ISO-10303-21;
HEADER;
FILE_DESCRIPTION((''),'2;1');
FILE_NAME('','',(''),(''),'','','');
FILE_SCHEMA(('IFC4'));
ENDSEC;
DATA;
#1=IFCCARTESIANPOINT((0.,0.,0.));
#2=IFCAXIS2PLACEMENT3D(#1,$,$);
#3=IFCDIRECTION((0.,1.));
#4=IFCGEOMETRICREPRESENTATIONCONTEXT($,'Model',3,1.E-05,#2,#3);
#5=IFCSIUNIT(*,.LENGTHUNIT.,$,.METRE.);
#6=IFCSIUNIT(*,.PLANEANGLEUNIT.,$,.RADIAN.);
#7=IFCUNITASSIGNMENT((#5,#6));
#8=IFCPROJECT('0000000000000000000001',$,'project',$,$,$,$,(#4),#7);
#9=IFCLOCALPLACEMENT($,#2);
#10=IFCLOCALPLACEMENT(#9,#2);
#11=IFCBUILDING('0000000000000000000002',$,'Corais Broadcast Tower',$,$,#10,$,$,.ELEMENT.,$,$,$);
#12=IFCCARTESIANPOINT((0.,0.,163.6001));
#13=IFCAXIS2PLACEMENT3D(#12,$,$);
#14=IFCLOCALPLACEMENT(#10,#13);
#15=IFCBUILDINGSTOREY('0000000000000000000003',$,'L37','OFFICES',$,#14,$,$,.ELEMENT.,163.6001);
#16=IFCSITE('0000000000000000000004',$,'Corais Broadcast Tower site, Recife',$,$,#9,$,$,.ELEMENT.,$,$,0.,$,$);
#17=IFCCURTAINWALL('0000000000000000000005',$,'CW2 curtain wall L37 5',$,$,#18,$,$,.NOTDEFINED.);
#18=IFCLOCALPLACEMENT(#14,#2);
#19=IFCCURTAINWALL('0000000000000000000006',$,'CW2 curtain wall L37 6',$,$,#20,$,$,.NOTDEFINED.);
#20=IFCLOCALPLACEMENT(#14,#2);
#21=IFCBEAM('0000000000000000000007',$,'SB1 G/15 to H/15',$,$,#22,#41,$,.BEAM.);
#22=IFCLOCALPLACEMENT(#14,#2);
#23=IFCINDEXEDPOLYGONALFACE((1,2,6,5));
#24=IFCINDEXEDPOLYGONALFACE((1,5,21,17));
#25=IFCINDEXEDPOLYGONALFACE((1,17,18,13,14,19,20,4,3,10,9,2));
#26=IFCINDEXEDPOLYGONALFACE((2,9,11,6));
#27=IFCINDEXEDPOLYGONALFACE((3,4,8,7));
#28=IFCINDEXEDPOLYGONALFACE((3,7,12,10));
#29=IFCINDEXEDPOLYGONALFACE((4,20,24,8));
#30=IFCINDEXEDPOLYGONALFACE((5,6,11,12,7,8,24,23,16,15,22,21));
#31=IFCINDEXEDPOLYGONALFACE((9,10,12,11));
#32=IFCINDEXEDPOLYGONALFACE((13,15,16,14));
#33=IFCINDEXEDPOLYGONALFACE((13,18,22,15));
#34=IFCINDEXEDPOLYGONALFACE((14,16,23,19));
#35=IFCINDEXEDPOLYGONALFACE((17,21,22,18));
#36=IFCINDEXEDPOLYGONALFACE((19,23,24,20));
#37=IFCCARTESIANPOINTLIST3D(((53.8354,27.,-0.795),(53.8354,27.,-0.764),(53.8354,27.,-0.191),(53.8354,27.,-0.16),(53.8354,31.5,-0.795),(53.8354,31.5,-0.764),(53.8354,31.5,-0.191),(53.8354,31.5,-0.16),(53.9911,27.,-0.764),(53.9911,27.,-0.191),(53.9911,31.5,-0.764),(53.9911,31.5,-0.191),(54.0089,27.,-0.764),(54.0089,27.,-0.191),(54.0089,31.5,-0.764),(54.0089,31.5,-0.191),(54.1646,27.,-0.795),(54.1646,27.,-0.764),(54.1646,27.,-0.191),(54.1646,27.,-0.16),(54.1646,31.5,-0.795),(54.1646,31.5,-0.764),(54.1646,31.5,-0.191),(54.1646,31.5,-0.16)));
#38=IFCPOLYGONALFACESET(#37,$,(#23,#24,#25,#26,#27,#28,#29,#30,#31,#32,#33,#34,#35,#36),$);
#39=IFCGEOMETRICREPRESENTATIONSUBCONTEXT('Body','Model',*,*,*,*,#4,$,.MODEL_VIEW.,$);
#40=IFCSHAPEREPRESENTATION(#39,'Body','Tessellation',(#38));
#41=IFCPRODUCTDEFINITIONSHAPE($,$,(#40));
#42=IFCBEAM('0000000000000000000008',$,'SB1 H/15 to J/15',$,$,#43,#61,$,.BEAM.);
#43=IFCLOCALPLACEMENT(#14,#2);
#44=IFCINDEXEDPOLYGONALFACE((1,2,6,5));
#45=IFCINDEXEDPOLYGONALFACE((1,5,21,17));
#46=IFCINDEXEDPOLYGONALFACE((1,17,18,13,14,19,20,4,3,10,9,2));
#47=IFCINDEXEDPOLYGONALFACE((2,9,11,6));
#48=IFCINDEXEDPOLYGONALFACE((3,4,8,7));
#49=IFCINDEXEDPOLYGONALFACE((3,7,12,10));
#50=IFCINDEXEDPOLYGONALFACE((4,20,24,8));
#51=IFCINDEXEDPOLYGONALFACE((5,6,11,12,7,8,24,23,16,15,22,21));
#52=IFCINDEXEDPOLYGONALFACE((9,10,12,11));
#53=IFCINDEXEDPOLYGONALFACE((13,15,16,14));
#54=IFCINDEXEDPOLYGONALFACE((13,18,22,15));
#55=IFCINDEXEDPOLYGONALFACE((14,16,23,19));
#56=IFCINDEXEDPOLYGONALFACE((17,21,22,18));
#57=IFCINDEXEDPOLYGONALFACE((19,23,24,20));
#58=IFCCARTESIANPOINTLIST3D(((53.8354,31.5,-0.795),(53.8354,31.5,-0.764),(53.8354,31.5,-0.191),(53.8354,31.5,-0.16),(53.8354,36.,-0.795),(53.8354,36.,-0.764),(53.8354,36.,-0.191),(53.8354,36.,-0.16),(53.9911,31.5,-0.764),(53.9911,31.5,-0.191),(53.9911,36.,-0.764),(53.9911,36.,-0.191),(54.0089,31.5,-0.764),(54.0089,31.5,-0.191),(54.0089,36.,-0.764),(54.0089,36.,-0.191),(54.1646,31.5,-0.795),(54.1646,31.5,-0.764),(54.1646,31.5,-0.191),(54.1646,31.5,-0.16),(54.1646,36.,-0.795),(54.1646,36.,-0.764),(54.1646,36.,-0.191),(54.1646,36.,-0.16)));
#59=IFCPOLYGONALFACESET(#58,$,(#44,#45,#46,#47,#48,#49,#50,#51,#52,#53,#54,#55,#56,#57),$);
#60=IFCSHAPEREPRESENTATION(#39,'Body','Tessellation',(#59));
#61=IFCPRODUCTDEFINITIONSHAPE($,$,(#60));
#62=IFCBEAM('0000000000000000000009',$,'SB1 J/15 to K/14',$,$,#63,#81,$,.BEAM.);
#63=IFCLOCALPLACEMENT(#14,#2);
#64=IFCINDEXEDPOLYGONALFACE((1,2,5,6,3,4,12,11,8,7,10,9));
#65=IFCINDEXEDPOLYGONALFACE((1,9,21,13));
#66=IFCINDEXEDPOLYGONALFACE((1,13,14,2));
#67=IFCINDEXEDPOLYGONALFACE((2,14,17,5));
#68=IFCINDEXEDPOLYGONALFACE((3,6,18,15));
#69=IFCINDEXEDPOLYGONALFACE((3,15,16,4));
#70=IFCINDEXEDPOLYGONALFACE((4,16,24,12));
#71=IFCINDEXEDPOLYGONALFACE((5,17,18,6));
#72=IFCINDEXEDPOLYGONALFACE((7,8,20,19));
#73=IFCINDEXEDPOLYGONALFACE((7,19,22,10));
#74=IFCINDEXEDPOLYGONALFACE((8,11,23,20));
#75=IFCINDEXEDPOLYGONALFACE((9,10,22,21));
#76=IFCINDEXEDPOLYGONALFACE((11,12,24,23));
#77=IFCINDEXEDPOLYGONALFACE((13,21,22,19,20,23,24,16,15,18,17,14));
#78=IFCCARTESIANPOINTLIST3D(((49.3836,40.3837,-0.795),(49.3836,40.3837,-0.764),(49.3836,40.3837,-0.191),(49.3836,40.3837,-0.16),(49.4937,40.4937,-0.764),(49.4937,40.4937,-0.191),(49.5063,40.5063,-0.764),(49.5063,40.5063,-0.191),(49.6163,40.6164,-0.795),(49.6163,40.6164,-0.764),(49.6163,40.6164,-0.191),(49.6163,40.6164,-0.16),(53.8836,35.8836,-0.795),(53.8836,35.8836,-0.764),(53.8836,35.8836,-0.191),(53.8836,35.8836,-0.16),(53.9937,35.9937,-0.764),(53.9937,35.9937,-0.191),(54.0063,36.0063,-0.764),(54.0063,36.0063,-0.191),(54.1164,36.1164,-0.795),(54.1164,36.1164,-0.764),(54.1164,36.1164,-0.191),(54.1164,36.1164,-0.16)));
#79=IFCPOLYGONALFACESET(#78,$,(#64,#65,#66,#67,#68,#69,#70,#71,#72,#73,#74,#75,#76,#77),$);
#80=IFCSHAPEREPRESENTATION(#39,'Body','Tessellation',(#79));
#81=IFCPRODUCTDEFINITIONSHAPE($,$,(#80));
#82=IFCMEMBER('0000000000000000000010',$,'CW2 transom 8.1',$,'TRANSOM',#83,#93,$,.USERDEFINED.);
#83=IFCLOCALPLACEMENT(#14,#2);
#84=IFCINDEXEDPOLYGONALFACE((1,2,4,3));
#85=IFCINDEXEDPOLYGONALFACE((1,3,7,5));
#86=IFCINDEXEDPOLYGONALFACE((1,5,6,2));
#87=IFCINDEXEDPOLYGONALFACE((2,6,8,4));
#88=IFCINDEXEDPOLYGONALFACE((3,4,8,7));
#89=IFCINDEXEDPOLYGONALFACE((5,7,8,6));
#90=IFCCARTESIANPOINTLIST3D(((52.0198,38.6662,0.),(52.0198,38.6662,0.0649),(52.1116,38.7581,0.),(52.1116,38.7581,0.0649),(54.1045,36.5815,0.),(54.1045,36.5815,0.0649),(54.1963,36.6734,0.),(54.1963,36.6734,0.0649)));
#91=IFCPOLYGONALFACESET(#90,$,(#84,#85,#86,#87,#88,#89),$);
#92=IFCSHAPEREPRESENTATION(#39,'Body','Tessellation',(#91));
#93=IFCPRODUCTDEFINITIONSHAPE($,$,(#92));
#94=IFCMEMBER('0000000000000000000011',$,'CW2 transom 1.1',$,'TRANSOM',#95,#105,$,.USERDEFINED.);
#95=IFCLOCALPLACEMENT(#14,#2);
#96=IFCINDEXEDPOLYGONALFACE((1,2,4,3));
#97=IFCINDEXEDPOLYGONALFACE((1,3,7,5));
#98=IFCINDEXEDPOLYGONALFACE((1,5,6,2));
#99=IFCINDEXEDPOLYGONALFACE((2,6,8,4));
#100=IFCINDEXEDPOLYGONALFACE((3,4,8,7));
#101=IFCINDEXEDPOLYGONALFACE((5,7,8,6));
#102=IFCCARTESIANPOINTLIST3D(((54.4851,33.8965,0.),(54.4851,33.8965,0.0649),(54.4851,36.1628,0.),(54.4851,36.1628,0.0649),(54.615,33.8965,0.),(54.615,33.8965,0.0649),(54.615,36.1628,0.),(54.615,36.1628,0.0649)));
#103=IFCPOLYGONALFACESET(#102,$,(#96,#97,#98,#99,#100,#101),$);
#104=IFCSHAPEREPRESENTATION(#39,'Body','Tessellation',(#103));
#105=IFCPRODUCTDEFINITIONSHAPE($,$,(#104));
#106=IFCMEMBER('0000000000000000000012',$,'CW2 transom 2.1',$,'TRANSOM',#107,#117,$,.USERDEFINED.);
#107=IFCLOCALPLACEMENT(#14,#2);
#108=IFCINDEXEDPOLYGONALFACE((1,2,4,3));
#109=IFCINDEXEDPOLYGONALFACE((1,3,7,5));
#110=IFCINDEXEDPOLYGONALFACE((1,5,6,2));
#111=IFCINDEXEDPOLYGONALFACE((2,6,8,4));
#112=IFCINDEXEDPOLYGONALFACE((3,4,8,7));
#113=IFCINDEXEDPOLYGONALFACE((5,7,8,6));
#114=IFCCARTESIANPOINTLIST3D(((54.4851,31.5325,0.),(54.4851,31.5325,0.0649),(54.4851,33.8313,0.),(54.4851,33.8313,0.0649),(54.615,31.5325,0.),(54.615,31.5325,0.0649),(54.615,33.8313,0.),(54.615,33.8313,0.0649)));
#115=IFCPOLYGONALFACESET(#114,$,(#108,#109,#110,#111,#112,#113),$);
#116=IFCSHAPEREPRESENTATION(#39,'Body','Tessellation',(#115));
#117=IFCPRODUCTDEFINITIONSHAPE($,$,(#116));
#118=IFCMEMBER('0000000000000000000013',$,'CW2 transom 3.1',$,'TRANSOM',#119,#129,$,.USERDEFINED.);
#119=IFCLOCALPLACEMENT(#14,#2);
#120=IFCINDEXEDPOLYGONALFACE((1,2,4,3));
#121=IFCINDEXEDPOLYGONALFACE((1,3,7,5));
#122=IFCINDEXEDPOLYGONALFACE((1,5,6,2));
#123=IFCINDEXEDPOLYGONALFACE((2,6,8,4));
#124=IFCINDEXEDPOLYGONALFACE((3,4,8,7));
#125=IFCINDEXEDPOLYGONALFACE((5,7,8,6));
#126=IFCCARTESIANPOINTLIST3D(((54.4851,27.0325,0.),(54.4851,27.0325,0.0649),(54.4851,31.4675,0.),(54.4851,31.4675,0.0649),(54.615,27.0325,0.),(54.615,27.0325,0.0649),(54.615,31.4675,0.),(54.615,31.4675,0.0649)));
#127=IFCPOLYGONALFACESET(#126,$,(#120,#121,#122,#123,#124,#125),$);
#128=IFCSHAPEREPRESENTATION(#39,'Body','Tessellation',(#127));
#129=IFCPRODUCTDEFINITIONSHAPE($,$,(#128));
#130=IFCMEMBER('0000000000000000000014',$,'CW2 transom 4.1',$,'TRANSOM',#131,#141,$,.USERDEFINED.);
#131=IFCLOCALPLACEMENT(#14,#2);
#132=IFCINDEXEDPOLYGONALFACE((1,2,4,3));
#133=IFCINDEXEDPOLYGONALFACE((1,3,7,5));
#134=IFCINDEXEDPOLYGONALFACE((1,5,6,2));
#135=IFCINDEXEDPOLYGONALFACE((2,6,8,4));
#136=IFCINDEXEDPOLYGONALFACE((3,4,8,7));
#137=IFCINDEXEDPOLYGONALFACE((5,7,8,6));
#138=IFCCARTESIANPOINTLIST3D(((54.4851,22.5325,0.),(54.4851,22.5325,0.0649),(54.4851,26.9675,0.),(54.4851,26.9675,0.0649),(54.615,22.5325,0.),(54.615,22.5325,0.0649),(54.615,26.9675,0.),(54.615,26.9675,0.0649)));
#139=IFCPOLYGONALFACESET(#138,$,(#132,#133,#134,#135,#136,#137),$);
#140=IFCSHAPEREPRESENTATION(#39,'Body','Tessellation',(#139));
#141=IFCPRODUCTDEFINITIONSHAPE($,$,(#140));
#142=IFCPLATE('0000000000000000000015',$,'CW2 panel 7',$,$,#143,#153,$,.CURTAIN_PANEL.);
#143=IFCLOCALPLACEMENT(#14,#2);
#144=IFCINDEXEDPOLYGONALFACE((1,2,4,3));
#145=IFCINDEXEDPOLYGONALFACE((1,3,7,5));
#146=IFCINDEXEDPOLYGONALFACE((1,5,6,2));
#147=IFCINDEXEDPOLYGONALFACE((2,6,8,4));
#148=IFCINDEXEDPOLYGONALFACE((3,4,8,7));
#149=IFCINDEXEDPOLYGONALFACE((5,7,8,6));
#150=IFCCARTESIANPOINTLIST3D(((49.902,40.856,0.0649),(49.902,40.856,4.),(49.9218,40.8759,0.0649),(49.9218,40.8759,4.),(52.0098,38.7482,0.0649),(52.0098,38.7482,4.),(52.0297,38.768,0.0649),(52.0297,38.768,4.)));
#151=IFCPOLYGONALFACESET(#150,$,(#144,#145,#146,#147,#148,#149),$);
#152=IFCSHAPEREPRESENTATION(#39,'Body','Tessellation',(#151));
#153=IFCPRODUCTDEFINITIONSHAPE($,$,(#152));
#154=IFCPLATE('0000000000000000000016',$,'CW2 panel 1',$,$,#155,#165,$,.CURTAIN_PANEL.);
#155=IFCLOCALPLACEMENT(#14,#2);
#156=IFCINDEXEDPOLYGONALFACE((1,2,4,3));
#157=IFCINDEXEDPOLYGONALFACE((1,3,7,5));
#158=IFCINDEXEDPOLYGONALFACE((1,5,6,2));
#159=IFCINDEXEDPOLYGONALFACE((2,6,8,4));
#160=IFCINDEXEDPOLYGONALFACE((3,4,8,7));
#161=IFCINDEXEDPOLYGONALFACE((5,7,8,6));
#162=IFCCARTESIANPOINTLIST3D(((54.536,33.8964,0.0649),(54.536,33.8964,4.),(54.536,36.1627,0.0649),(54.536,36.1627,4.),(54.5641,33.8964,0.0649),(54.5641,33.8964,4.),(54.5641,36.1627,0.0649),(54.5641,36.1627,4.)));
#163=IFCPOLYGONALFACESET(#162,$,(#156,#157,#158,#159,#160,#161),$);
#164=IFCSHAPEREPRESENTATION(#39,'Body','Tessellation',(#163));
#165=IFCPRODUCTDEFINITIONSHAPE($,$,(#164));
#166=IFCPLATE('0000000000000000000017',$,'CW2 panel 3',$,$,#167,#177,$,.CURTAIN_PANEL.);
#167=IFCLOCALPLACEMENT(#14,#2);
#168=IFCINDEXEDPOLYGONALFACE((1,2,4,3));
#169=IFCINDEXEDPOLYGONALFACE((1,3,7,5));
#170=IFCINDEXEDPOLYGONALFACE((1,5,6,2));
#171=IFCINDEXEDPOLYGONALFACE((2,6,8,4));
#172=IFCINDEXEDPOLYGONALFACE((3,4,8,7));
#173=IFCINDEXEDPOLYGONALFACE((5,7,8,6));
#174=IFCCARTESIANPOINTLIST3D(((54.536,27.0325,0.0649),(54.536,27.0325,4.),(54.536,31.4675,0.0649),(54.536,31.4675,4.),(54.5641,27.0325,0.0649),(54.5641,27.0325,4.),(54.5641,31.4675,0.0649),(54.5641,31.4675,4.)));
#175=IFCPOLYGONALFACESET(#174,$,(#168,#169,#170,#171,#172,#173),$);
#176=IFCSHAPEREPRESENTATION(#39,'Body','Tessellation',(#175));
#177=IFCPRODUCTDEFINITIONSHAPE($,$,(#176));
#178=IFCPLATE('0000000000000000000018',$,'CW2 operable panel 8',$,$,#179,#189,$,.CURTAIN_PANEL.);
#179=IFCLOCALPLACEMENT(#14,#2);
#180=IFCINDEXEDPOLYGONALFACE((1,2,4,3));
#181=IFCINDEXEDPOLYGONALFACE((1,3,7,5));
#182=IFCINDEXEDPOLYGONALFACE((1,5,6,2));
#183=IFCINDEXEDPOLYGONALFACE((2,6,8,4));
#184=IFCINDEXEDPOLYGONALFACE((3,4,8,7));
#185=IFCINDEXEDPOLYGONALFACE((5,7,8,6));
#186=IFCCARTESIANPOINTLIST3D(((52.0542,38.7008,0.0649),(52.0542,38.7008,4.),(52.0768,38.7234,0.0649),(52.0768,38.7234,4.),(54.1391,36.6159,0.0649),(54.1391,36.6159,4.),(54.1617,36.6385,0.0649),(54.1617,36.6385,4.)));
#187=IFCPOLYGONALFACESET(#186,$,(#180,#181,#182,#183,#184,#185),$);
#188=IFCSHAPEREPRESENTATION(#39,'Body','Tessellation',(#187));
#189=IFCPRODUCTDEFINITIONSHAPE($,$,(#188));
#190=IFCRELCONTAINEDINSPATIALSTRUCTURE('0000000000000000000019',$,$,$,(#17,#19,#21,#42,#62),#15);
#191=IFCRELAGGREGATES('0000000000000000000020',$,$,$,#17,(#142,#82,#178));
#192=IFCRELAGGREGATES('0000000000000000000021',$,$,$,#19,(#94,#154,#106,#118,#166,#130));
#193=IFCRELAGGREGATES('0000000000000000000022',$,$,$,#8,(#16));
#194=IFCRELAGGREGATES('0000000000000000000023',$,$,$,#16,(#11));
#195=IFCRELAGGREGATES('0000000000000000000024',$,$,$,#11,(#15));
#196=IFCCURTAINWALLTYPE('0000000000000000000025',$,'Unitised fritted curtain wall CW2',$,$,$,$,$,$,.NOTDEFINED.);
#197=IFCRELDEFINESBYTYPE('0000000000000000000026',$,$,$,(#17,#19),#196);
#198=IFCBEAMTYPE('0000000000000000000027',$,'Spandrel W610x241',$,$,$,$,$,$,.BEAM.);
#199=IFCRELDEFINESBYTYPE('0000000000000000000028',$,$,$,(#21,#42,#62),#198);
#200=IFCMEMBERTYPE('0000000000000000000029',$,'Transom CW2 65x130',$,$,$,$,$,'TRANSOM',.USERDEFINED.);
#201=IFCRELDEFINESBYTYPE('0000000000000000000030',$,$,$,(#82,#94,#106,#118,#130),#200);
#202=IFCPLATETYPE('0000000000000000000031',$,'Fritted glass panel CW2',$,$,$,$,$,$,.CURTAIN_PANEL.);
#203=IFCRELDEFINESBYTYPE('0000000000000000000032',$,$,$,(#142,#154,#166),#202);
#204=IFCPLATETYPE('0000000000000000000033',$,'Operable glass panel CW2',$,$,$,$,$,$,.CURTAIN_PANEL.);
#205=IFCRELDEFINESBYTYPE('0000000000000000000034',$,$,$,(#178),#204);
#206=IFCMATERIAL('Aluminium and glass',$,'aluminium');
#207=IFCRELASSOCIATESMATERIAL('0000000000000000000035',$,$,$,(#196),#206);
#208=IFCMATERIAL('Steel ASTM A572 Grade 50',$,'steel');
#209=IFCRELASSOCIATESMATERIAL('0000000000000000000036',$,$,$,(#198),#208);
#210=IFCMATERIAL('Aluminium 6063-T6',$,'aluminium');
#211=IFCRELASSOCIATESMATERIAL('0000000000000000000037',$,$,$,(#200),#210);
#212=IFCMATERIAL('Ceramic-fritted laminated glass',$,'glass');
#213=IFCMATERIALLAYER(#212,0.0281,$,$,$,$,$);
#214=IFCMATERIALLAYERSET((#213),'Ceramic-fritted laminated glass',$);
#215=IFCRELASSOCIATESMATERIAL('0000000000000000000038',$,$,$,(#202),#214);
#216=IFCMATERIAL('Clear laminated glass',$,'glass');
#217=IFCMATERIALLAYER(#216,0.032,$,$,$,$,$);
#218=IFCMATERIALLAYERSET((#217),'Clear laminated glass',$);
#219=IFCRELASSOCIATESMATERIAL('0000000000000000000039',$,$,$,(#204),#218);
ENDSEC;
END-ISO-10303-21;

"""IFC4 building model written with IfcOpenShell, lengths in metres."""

from ifc_helpers import new_model, si_unit, direction, frame, origin, origin_2d, place, context, subcontext, project, spatial, rectangle, i_section, extrude, material, layer, layer_set, material_profile, profile_set, type_object, element, aggregate, save


model = new_model("IFC4")

# Units and contexts
model_context = context("Model", 3, precision=1e-05, world=origin(), true_north=direction((0.0, 1.0)))
body_context = subcontext(model_context, "Body", "Model", "MODEL_VIEW")
ifc_project = project(units=[si_unit("LENGTHUNIT", "METRE"), si_unit("PLANEANGLEUNIT", "RADIAN")], contexts=[model_context])

# Site, building, storey
site_placement = place(None, origin())
site = spatial("IfcSite", under=ifc_project, at=site_placement, Name="Corais Broadcast Tower site, Recife", CompositionType="ELEMENT", RefElevation=0.0)
building_placement = place(site_placement, origin())
building = spatial("IfcBuilding", under=site, at=building_placement, Name="Corais Broadcast Tower", CompositionType="ELEMENT")
storey_placement = place(building_placement, frame((0.0, 0.0, 163.6001)))
storey = spatial("IfcBuildingStorey", under=building, at=storey_placement, Name="L37", Description="OFFICES", CompositionType="ELEMENT", Elevation=163.6001)

# Curtain walls
ifc_material_1 = material(Name="Aluminium and glass", Category="aluminium")
curtain_wall_type = type_object("IfcCurtainWallType", Name="Unitised fritted curtain wall CW2", PredefinedType="NOTDEFINED", material=ifc_material_1)
curtain_wall_1_placement = place(storey_placement, origin())
curtain_wall_1 = element("IfcCurtainWall", 1, at=curtain_wall_1_placement, inside=storey, type_object=curtain_wall_type, Name="CW2 curtain wall L37 5", PredefinedType="NOTDEFINED")
curtain_wall_2_placement = place(storey_placement, origin())
curtain_wall_2 = element("IfcCurtainWall", 2, at=curtain_wall_2_placement, inside=storey, type_object=curtain_wall_type, Name="CW2 curtain wall L37 6", PredefinedType="NOTDEFINED")

# Beams
ifc_material_2 = material(Name="Steel ASTM A572 Grade 50", Category="steel")
ifc_material_profile_1 = material_profile(ifc_material_2, i_section(OverallWidth=0.3291, OverallDepth=0.635, WebThickness=0.0178, FlangeThickness=0.031, at=origin_2d()), Name="W610x241")
ifc_profile_set_1 = profile_set([ifc_material_profile_1], Name="Steel ASTM A572 Grade 50")
beam_type_1 = type_object("IfcBeamType", Name="Spandrel W610x241", PredefinedType="BEAM", material=ifc_profile_set_1)
for number, where, z_axis, x_axis, name in (
    (3, (54.0, 27.0, -0.4775), (0.0, 1.0, 0.0), (-1.0, 0.0, 0.0), "SB1 G/15 to H/15"),
    (4, (54.0, 31.5, -0.4775), (0.0, 1.0, 0.0), (-1.0, 0.0, 0.0), "SB1 H/15 to J/15"),
):
    element("IfcBeam", number, at=place(storey_placement, frame(where, z_axis=z_axis, x_axis=x_axis)), inside=storey, type_object=beam_type_1, Name=name, PredefinedType="BEAM", context=body_context, shape_type="SweptSolid", body=[
        extrude(i_section(OverallWidth=0.3291, OverallDepth=0.635, WebThickness=0.0178, FlangeThickness=0.031, at=origin_2d()), origin(), (0.0, 0.0, 1.0), 4.5),
    ])
beam_placement = place(storey_placement, frame((54.0, 36.0, -0.4775), z_axis=(-0.707107, 0.707107, 0.0), x_axis=(-0.707107, -0.707107, 0.0)))
element("IfcBeam", 5, at=beam_placement, inside=storey, type_object=beam_type_1, Name="SB1 J/15 to K/14", PredefinedType="BEAM", context=body_context, shape_type="SweptSolid", body=[
    extrude(i_section(OverallWidth=0.3291, OverallDepth=0.635, WebThickness=0.0178, FlangeThickness=0.031, at=origin_2d()), origin(), (0.0, 0.0, 1.0), 6.364),
])

# Members
ifc_material_3 = material(Name="Aluminium 6063-T6", Category="aluminium")
ifc_material_profile_2 = material_profile(ifc_material_3, rectangle(XDim=0.1299, YDim=0.0649, at=origin_2d()), Name="Transom CW2 65x130")
ifc_profile_set_2 = profile_set([ifc_material_profile_2], Name="Aluminium 6063-T6")
member_type_1 = type_object("IfcMemberType", Name="Transom CW2 65x130", ElementType="TRANSOM", PredefinedType="USERDEFINED", material=ifc_profile_set_2)
member_1_placement = place(storey_placement, frame((52.0657, 38.7122, 0.0325), z_axis=(0.707107, -0.707107, 0.0), x_axis=(0.707107, 0.707107, 0.0)))
member_1 = element("IfcMember", 6, at=member_1_placement, type_object=member_type_1, Name="CW2 transom 8.1", ObjectType="TRANSOM", PredefinedType="USERDEFINED", context=body_context, shape_type="SweptSolid", body=[
    extrude(rectangle(XDim=0.1299, YDim=0.0649, at=origin_2d()), origin(), (0.0, 0.0, 1.0), 2.9482),
])
member_2_placement = place(storey_placement, frame((54.55, 36.1628, 0.0325), z_axis=(0.0, -1.0, 0.0), x_axis=(1.0, 0.0, 0.0)))
member_2 = element("IfcMember", 7, at=member_2_placement, type_object=member_type_1, Name="CW2 transom 1.1", ObjectType="TRANSOM", PredefinedType="USERDEFINED", context=body_context, shape_type="SweptSolid", body=[
    extrude(rectangle(XDim=0.1299, YDim=0.0649, at=origin_2d()), origin(), (0.0, 0.0, 1.0), 2.2664),
])
member_3_placement = place(storey_placement, frame((54.55, 33.8313, 0.0325), z_axis=(0.0, -1.0, 0.0), x_axis=(1.0, 0.0, 0.0)))
member_3 = element("IfcMember", 8, at=member_3_placement, type_object=member_type_1, Name="CW2 transom 2.1", ObjectType="TRANSOM", PredefinedType="USERDEFINED", context=body_context, shape_type="SweptSolid", body=[
    extrude(rectangle(XDim=0.1299, YDim=0.0649, at=origin_2d()), origin(), (0.0, 0.0, 1.0), 2.2988),
])
member_4_placement = place(storey_placement, frame((54.55, 31.4675, 0.0325), z_axis=(0.0, -1.0, 0.0), x_axis=(1.0, 0.0, 0.0)))
member_4 = element("IfcMember", 9, at=member_4_placement, type_object=member_type_1, Name="CW2 transom 3.1", ObjectType="TRANSOM", PredefinedType="USERDEFINED", context=body_context, shape_type="SweptSolid", body=[
    extrude(rectangle(XDim=0.1299, YDim=0.0649, at=origin_2d()), origin(), (0.0, 0.0, 1.0), 4.4351),
])
member_5_placement = place(storey_placement, frame((54.55, 26.9675, 0.0325), z_axis=(0.0, -1.0, 0.0), x_axis=(1.0, 0.0, 0.0)))
member_5 = element("IfcMember", 10, at=member_5_placement, type_object=member_type_1, Name="CW2 transom 4.1", ObjectType="TRANSOM", PredefinedType="USERDEFINED", context=body_context, shape_type="SweptSolid", body=[
    extrude(rectangle(XDim=0.1299, YDim=0.0649, at=origin_2d()), origin(), (0.0, 0.0, 1.0), 4.4351),
])

# Plates
ifc_material_4 = material(Name="Ceramic-fritted laminated glass", Category="glass")
ifc_layer_1 = layer(ifc_material_4, 0.0281)
ifc_layer_set_1 = layer_set([ifc_layer_1], Name="Ceramic-fritted laminated glass")
plate_type_1 = type_object("IfcPlateType", Name="Fritted glass panel CW2", PredefinedType="CURTAIN_PANEL", material=ifc_layer_set_1)
plate_1_placement = place(storey_placement, frame((50.9658, 39.812, 0.0649), z_axis=(0.0, 0.0, 1.0), x_axis=(0.707107, -0.707107, 0.0)))
plate_1 = element("IfcPlate", 11, at=plate_1_placement, type_object=plate_type_1, Name="CW2 panel 7", PredefinedType="CURTAIN_PANEL", context=body_context, shape_type="SweptSolid", body=[
    extrude(rectangle(XDim=2.981, YDim=0.0281, at=origin_2d()), origin(), (0.0, 0.0, 1.0), 3.9351),
])
plate_2_placement = place(storey_placement, frame((54.55, 35.0295, 0.0649), z_axis=(0.0, 0.0, 1.0), x_axis=(0.0, -1.0, 0.0)))
plate_2 = element("IfcPlate", 12, at=plate_2_placement, type_object=plate_type_1, Name="CW2 panel 1", PredefinedType="CURTAIN_PANEL", context=body_context, shape_type="SweptSolid", body=[
    extrude(rectangle(XDim=2.2664, YDim=0.0281, at=origin_2d()), origin(), (0.0, 0.0, 1.0), 3.9351),
])
plate_3_placement = place(storey_placement, frame((54.55, 29.25, 0.0649), z_axis=(0.0, 0.0, 1.0), x_axis=(0.0, -1.0, 0.0)))
plate_3 = element("IfcPlate", 13, at=plate_3_placement, type_object=plate_type_1, Name="CW2 panel 3", PredefinedType="CURTAIN_PANEL", context=body_context, shape_type="SweptSolid", body=[
    extrude(rectangle(XDim=4.4351, YDim=0.0281, at=origin_2d()), origin(), (0.0, 0.0, 1.0), 3.9351),
])
ifc_material_5 = material(Name="Clear laminated glass", Category="glass")
ifc_layer_2 = layer(ifc_material_5, 0.032)
ifc_layer_set_2 = layer_set([ifc_layer_2], Name="Clear laminated glass")
plate_type_2 = type_object("IfcPlateType", Name="Operable glass panel CW2", PredefinedType="CURTAIN_PANEL", material=ifc_layer_set_2)
plate_4_placement = place(storey_placement, frame((53.1079, 37.6697, 0.0649), z_axis=(0.0, 0.0, 1.0), x_axis=(0.707107, -0.707107, 0.0)))
plate_4 = element("IfcPlate", 14, at=plate_4_placement, type_object=plate_type_2, Name="CW2 operable panel 8", PredefinedType="CURTAIN_PANEL", context=body_context, shape_type="SweptSolid", body=[
    extrude(rectangle(XDim=2.9485, YDim=0.032, at=origin_2d()), origin(), (0.0, 0.0, 1.0), 3.9351),
])
aggregate(curtain_wall_1, [plate_1, member_1, plate_4])
aggregate(curtain_wall_2, [member_2, plate_2, member_3, member_4, plate_3, member_5])

save(model, "model.ifc")
